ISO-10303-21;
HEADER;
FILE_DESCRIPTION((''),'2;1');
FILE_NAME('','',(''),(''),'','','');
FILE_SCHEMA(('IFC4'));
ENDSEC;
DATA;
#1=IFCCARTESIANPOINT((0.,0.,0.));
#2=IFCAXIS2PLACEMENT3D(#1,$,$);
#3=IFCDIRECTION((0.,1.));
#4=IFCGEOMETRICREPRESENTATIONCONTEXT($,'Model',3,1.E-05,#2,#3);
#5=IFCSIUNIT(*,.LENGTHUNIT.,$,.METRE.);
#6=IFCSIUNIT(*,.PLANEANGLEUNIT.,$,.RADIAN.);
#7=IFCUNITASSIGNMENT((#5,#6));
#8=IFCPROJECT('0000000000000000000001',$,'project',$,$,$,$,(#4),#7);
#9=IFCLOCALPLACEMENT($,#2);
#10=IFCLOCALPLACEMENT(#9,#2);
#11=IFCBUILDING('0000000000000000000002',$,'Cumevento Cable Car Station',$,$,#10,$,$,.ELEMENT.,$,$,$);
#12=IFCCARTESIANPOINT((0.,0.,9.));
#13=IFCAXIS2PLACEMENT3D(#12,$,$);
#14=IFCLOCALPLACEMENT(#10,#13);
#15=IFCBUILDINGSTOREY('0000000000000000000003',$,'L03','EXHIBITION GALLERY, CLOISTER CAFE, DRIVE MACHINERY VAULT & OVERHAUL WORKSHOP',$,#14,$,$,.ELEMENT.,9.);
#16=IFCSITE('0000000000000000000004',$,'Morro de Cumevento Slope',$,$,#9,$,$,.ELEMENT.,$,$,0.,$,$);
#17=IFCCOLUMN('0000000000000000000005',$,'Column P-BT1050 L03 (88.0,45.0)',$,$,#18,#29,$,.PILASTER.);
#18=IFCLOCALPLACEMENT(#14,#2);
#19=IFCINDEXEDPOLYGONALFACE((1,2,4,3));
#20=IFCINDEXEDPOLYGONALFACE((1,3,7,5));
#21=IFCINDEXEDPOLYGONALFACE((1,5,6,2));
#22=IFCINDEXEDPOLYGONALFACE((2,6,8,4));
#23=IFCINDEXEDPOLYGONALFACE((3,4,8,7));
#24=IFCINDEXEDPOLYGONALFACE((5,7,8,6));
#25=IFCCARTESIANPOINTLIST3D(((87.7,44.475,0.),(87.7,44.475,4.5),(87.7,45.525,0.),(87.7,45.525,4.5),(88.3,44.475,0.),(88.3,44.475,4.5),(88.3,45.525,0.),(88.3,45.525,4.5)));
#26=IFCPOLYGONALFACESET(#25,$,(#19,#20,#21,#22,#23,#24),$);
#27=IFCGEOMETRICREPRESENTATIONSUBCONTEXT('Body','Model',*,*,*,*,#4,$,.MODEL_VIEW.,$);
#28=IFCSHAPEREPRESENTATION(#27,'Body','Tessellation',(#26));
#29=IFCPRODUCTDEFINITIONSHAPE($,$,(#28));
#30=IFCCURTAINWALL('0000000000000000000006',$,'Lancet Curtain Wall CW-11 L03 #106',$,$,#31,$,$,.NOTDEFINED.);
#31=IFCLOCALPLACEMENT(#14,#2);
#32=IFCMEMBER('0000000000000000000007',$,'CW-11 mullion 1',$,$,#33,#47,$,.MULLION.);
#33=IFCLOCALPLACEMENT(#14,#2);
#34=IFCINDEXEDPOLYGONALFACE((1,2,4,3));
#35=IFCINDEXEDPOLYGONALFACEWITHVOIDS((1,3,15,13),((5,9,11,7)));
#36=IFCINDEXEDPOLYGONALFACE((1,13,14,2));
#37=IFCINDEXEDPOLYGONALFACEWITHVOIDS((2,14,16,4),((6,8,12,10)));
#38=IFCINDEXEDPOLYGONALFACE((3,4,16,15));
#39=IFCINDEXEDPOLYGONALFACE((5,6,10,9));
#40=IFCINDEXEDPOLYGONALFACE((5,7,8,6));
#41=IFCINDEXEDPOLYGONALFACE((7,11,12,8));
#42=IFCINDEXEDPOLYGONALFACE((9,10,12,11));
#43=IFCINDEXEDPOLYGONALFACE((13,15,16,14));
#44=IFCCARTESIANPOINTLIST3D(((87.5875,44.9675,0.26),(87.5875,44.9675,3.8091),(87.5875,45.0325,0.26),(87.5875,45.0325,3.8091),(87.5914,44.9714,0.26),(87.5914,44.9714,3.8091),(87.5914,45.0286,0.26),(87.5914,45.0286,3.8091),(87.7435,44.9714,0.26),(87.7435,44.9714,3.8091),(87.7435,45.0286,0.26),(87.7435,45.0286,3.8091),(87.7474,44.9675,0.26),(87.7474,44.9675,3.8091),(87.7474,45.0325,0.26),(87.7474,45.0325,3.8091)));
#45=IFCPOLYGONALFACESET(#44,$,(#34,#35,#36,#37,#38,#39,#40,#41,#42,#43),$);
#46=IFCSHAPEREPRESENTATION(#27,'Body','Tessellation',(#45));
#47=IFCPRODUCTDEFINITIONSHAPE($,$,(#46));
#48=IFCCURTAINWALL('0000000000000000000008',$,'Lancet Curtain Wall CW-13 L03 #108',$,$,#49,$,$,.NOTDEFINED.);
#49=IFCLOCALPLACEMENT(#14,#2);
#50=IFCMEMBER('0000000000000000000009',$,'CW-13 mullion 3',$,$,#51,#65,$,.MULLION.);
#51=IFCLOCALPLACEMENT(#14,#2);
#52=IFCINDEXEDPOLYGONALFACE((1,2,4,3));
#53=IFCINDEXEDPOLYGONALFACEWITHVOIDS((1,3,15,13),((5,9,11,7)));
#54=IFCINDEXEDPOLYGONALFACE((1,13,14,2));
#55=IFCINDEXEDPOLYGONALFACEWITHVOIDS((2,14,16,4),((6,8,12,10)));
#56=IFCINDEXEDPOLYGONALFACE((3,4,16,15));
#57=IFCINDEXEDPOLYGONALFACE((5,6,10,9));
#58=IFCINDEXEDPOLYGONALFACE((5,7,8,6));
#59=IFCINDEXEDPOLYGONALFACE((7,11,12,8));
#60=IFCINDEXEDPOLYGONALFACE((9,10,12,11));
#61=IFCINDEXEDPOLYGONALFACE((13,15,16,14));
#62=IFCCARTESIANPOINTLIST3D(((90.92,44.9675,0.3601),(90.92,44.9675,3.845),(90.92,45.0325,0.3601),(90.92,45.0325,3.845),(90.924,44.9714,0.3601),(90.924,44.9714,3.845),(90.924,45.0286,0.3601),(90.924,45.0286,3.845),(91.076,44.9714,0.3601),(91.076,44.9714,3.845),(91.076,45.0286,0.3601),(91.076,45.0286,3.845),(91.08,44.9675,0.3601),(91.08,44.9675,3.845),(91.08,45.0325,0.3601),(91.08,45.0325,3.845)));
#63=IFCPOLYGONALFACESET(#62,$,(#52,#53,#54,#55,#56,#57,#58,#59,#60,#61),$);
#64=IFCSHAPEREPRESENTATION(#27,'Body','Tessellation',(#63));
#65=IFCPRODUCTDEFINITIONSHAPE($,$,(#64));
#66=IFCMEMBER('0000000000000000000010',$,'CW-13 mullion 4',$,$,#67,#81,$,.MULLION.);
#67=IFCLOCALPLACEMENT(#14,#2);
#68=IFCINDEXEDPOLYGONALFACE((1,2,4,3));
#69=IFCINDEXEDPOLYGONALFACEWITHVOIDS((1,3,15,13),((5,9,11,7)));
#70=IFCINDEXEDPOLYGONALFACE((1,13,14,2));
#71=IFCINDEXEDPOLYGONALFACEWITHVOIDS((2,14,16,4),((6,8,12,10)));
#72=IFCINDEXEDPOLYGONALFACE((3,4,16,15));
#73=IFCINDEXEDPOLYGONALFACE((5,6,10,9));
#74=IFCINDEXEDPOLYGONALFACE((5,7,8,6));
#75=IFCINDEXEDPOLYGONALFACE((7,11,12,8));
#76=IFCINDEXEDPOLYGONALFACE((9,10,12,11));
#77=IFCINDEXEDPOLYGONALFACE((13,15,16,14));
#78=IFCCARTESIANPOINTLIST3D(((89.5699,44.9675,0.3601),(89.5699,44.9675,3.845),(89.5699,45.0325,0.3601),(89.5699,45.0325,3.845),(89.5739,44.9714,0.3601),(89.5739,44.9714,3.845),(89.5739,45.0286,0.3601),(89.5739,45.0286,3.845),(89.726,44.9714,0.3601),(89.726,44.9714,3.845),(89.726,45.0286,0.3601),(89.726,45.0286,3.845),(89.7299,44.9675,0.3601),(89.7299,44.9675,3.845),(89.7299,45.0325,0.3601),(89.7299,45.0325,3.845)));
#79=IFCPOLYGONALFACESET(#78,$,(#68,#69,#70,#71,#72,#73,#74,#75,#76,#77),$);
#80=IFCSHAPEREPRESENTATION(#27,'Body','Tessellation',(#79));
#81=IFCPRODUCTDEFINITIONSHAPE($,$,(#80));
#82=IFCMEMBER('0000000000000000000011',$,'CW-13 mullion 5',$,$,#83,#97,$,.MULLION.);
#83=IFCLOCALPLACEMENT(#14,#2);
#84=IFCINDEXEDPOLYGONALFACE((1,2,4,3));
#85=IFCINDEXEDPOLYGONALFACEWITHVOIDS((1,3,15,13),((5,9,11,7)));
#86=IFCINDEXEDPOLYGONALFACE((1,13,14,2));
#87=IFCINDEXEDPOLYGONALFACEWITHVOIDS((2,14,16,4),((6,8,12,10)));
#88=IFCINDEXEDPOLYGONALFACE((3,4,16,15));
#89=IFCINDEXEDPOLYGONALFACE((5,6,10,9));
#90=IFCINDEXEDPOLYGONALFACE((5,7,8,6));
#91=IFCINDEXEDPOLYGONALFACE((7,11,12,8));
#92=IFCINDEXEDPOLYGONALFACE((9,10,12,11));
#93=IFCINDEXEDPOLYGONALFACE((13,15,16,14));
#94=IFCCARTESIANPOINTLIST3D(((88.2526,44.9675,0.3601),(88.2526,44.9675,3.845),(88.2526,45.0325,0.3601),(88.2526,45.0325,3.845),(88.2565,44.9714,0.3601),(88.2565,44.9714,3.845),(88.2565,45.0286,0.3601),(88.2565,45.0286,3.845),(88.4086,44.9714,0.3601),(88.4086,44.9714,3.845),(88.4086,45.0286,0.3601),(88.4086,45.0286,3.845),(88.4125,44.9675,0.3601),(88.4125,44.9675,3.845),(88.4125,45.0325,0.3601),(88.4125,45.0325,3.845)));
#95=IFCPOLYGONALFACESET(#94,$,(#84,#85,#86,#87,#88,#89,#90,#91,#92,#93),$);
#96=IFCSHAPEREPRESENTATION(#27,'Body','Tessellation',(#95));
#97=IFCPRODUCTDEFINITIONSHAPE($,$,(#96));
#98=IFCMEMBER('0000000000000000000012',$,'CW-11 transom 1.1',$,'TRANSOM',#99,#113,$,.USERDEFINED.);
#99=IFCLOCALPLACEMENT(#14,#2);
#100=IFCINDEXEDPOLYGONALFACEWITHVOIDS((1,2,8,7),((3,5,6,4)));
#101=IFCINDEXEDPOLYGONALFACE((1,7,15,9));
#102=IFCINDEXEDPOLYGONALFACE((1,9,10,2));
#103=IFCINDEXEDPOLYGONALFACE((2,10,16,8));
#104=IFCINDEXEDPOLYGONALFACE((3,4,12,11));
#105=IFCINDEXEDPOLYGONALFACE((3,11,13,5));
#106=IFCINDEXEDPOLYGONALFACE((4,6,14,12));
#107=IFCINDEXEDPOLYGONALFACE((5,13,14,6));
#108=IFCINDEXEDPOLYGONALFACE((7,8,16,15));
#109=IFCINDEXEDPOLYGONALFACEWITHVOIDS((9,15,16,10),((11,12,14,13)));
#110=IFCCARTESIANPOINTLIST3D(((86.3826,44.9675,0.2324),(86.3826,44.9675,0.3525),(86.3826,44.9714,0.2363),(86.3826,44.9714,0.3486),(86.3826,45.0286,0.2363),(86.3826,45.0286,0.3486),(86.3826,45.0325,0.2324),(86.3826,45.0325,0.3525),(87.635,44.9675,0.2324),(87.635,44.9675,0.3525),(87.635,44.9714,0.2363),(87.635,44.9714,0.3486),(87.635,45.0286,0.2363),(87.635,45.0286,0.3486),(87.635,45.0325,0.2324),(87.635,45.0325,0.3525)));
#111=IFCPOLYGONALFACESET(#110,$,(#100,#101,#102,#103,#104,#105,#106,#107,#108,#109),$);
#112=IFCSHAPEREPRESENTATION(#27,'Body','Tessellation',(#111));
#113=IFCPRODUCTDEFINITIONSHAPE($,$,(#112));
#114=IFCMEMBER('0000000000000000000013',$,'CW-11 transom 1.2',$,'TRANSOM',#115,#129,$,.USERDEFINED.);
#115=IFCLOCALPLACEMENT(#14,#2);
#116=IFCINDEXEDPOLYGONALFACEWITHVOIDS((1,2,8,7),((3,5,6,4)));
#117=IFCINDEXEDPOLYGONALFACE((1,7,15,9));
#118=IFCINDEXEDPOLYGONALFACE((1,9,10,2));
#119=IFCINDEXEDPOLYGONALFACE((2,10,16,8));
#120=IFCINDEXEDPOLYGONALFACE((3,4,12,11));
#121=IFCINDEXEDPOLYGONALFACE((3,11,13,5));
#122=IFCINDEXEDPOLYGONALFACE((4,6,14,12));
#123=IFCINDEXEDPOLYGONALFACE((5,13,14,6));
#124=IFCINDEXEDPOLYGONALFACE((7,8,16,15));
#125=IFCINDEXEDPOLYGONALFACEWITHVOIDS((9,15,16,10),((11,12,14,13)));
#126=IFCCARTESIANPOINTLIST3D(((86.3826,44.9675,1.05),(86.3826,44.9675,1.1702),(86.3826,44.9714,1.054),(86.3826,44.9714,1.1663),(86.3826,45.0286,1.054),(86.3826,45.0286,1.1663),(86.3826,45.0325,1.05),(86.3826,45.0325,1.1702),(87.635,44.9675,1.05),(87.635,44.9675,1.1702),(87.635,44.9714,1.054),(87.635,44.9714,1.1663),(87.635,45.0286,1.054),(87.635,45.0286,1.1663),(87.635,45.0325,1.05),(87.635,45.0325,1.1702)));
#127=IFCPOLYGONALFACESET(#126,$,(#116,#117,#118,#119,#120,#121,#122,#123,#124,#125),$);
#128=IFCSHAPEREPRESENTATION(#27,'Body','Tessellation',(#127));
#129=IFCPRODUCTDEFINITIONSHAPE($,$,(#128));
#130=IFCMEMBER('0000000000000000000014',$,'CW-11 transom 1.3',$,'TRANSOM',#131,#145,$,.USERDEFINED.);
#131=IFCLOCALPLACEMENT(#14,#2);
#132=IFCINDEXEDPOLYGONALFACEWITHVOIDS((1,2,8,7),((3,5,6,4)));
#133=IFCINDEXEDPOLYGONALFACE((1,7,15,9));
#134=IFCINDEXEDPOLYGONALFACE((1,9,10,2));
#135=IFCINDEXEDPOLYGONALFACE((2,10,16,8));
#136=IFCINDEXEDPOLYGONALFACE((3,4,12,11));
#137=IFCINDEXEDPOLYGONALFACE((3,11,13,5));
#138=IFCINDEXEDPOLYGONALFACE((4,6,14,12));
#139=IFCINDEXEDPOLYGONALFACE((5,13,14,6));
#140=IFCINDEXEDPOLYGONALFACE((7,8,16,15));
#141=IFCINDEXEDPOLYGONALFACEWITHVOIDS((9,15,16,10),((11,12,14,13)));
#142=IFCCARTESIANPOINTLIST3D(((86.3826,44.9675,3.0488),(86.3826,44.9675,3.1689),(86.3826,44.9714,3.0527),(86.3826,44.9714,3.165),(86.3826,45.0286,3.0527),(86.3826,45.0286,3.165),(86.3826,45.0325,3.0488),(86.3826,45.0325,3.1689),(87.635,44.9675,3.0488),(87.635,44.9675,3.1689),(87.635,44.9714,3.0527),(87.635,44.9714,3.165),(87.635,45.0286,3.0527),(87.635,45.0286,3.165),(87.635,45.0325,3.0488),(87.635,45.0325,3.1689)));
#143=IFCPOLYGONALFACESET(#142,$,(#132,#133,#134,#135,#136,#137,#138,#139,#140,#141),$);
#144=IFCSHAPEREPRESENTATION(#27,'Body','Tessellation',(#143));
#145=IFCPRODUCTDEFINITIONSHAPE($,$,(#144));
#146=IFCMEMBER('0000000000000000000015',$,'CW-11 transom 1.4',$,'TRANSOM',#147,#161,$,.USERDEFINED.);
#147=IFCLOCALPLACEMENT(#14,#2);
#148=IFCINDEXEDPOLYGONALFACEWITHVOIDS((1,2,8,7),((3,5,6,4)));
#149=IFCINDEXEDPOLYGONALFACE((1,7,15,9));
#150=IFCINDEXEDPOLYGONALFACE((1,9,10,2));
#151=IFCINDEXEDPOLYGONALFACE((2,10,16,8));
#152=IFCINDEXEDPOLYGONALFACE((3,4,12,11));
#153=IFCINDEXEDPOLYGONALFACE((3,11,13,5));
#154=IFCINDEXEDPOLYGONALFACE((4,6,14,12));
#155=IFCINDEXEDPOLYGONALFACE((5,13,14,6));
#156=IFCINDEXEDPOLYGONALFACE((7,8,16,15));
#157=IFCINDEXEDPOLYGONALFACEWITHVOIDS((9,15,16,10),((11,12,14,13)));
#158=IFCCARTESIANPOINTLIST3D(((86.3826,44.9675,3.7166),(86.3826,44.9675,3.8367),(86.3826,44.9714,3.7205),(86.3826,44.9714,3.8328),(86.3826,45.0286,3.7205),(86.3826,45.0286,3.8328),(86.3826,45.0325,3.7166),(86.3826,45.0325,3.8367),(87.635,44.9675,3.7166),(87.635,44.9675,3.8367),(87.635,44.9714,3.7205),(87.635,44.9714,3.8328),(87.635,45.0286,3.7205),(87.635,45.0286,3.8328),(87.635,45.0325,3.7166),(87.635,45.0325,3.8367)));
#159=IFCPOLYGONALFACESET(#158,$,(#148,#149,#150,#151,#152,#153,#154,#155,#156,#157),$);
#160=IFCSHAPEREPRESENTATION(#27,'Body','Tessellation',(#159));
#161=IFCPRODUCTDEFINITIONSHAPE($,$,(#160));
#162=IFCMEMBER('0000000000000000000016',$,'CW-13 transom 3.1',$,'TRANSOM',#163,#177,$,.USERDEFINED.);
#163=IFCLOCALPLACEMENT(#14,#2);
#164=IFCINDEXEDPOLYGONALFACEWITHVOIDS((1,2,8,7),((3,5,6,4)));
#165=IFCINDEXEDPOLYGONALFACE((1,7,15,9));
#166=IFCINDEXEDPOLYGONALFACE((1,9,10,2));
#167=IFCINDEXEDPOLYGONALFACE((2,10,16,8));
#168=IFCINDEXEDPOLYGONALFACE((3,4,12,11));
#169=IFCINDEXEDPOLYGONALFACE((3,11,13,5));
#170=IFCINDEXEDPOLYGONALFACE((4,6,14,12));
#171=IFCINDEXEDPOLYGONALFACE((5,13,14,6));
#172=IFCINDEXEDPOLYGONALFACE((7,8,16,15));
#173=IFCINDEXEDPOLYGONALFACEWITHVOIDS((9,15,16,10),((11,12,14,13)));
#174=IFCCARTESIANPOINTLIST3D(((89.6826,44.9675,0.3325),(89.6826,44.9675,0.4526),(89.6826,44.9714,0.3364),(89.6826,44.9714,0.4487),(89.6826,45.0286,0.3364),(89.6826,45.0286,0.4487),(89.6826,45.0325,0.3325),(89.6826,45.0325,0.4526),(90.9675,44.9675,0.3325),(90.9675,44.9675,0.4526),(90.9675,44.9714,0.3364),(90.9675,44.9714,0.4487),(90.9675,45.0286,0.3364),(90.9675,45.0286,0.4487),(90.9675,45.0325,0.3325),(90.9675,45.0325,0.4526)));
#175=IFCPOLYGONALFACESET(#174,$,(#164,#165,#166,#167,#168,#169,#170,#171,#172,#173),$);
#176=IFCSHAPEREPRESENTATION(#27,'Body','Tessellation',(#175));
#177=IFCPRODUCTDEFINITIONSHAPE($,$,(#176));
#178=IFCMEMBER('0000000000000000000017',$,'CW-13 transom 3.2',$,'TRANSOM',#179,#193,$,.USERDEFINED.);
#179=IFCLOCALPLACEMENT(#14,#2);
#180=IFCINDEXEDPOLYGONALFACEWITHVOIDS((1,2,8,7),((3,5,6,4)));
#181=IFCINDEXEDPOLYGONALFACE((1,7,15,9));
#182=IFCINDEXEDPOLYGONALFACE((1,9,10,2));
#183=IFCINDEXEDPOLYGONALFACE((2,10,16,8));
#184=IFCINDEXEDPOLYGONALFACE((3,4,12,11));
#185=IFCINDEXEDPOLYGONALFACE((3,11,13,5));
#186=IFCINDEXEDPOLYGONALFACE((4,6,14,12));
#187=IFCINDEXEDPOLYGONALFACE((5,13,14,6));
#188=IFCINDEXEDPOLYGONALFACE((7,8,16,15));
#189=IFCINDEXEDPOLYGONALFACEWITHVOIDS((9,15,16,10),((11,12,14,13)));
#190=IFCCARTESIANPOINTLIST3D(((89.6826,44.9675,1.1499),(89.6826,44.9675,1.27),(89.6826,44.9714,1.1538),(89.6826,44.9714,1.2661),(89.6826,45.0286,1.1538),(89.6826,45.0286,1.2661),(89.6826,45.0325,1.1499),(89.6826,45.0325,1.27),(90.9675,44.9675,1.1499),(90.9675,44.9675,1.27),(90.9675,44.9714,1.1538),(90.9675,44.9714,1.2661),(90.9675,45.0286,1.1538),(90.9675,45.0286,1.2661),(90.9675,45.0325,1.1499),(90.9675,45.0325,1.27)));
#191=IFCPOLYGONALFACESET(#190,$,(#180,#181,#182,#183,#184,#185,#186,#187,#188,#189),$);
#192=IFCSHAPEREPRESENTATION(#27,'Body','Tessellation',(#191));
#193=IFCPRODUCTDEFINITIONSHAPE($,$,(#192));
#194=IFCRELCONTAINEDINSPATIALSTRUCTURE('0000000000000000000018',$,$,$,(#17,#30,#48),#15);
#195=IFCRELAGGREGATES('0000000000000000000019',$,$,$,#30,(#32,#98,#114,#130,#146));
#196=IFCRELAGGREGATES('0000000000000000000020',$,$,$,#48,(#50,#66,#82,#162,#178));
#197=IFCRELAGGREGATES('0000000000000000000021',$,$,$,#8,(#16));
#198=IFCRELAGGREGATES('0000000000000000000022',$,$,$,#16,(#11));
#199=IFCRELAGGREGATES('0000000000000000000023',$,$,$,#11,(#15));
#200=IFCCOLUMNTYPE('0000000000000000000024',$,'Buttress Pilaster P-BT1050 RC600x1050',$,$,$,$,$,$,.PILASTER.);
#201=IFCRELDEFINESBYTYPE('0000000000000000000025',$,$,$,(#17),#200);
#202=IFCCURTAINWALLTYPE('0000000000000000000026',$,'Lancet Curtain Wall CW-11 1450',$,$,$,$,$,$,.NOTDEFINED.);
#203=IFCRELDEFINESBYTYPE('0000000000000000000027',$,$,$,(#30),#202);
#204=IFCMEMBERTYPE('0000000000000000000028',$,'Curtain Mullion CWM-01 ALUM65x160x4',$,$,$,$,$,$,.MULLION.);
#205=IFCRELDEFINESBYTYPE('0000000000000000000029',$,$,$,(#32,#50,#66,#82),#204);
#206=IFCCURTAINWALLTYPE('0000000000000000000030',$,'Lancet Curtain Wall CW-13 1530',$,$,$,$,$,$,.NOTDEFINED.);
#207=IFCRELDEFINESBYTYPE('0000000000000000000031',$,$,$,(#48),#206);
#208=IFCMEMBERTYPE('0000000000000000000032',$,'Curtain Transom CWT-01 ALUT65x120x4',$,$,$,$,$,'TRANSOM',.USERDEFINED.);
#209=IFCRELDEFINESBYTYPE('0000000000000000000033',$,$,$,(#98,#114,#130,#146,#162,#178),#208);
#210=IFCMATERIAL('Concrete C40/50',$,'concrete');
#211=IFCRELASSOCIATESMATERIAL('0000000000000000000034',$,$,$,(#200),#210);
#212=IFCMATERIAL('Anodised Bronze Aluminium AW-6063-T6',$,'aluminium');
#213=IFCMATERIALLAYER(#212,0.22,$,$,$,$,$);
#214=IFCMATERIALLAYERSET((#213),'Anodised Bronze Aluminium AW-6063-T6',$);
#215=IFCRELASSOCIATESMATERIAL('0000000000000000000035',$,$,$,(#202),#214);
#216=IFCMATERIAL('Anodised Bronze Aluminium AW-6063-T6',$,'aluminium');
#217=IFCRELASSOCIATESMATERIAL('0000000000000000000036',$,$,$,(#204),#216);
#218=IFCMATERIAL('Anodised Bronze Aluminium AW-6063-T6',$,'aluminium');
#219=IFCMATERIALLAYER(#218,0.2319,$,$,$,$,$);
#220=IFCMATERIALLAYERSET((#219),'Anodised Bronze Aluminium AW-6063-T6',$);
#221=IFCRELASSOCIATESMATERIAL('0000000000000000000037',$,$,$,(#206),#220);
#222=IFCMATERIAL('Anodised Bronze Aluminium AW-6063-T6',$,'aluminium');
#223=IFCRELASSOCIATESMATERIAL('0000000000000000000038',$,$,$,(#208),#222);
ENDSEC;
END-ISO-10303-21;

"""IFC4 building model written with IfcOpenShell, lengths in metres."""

from ifc_helpers import new_model, si_unit, direction, frame, origin, origin_2d, place, context, subcontext, project, spatial, rectangle, hollow_rectangle, extrude, material, layer, layer_set, material_profile, profile_set, type_object, element, aggregate, save


model = new_model("IFC4")

# Units and contexts
model_context = context("Model", 3, precision=1e-05, world=origin(), true_north=direction((0.0, 1.0)))
body_context = subcontext(model_context, "Body", "Model", "MODEL_VIEW")
ifc_project = project(units=[si_unit("LENGTHUNIT", "METRE"), si_unit("PLANEANGLEUNIT", "RADIAN")], contexts=[model_context])

# Site, building, storey
site_placement = place(None, origin())
site = spatial("IfcSite", under=ifc_project, at=site_placement, Name="Morro de Cumevento Slope", CompositionType="ELEMENT", RefElevation=0.0)
building_placement = place(site_placement, origin())
building = spatial("IfcBuilding", under=site, at=building_placement, Name="Cumevento Cable Car Station", CompositionType="ELEMENT")
storey_placement = place(building_placement, frame((0.0, 0.0, 9.0)))
storey = spatial("IfcBuildingStorey", under=building, at=storey_placement, Name="L03", Description="EXHIBITION GALLERY, CLOISTER CAFE, DRIVE MACHINERY VAULT & OVERHAUL WORKSHOP", CompositionType="ELEMENT", Elevation=9.0)

# Column
ifc_material_1 = material(Name="Concrete C40/50", Category="concrete")
ifc_material_profile_1 = material_profile(ifc_material_1, rectangle(XDim=0.6001, YDim=1.05, at=origin_2d()), Name="RC600x1050")
ifc_profile_set_1 = profile_set([ifc_material_profile_1], Name="Concrete C40/50")
column_type = type_object("IfcColumnType", Name="Buttress Pilaster P-BT1050 RC600x1050", PredefinedType="PILASTER", material=ifc_profile_set_1)
column_placement = place(storey_placement, frame((88.0, 45.0, 0.0), z_axis=(0.0, 0.0, 1.0), x_axis=(1.0, 0.0, 0.0)))
element("IfcColumn", 1, at=column_placement, inside=storey, type_object=column_type, Name="Column P-BT1050 L03 (88.0,45.0)", PredefinedType="PILASTER", context=body_context, shape_type="SweptSolid", body=[
    extrude(rectangle(XDim=0.6001, YDim=1.05, at=origin_2d()), origin(), (0.0, 0.0, 1.0), 4.5),
])

# Curtain wall, member
ifc_material_2 = material(Name="Anodised Bronze Aluminium AW-6063-T6", Category="aluminium")
ifc_layer_1 = layer(ifc_material_2, 0.22)
ifc_layer_set_1 = layer_set([ifc_layer_1], Name="Anodised Bronze Aluminium AW-6063-T6")
curtain_wall_type_1 = type_object("IfcCurtainWallType", Name="Lancet Curtain Wall CW-11 1450", PredefinedType="NOTDEFINED", material=ifc_layer_set_1)
curtain_wall_1_placement = place(storey_placement, origin())
curtain_wall_1 = element("IfcCurtainWall", 2, at=curtain_wall_1_placement, inside=storey, type_object=curtain_wall_type_1, Name="Lancet Curtain Wall CW-11 L03 #106", PredefinedType="NOTDEFINED")
ifc_material_3 = material(Name="Anodised Bronze Aluminium AW-6063-T6", Category="aluminium")
ifc_material_profile_2 = material_profile(ifc_material_3, hollow_rectangle(XDim=0.0649, YDim=0.1599, WallThickness=0.0039, at=origin_2d()), Name="ALUM65x160x4")
ifc_profile_set_2 = profile_set([ifc_material_profile_2], Name="Anodised Bronze Aluminium AW-6063-T6")
member_type_1 = type_object("IfcMemberType", Name="Curtain Mullion CWM-01 ALUM65x160x4", PredefinedType="MULLION", material=ifc_profile_set_2)
member_1_placement = place(storey_placement, frame((87.6675, 45.0, 0.26), z_axis=(0.0, 0.0, 1.0), x_axis=(0.0, -1.0, 0.0)))
member_1 = element("IfcMember", 3, at=member_1_placement, type_object=member_type_1, Name="CW-11 mullion 1", PredefinedType="MULLION", context=body_context, shape_type="SweptSolid", body=[
    extrude(hollow_rectangle(XDim=0.0649, YDim=0.1599, WallThickness=0.0039, at=origin_2d()), origin(), (0.0, 0.0, 1.0), 3.5491),
])

# Curtain wall, members
ifc_material_4 = material(Name="Anodised Bronze Aluminium AW-6063-T6", Category="aluminium")
ifc_layer_2 = layer(ifc_material_4, 0.2319)
ifc_layer_set_2 = layer_set([ifc_layer_2], Name="Anodised Bronze Aluminium AW-6063-T6")
curtain_wall_type_2 = type_object("IfcCurtainWallType", Name="Lancet Curtain Wall CW-13 1530", PredefinedType="NOTDEFINED", material=ifc_layer_set_2)
curtain_wall_2_placement = place(storey_placement, origin())
curtain_wall_2 = element("IfcCurtainWall", 4, at=curtain_wall_2_placement, inside=storey, type_object=curtain_wall_type_2, Name="Lancet Curtain Wall CW-13 L03 #108", PredefinedType="NOTDEFINED")
member_2_placement = place(storey_placement, frame((91.0, 45.0, 0.3601), z_axis=(0.0, 0.0, 1.0), x_axis=(0.0, -1.0, 0.0)))
member_2 = element("IfcMember", 5, at=member_2_placement, type_object=member_type_1, Name="CW-13 mullion 3", PredefinedType="MULLION", context=body_context, shape_type="SweptSolid", body=[
    extrude(hollow_rectangle(XDim=0.0649, YDim=0.1599, WallThickness=0.0039, at=origin_2d()), origin(), (0.0, 0.0, 1.0), 3.4849),
])
member_3_placement = place(storey_placement, frame((89.6499, 45.0, 0.3601), z_axis=(0.0, 0.0, 1.0), x_axis=(0.0, -1.0, 0.0)))
member_3 = element("IfcMember", 6, at=member_3_placement, type_object=member_type_1, Name="CW-13 mullion 4", PredefinedType="MULLION", context=body_context, shape_type="SweptSolid", body=[
    extrude(hollow_rectangle(XDim=0.0649, YDim=0.1599, WallThickness=0.0039, at=origin_2d()), origin(), (0.0, 0.0, 1.0), 3.4849),
])
member_4_placement = place(storey_placement, frame((88.3325, 45.0, 0.3601), z_axis=(0.0, 0.0, 1.0), x_axis=(0.0, -1.0, 0.0)))
member_4 = element("IfcMember", 7, at=member_4_placement, type_object=member_type_1, Name="CW-13 mullion 5", PredefinedType="MULLION", context=body_context, shape_type="SweptSolid", body=[
    extrude(hollow_rectangle(XDim=0.0649, YDim=0.1599, WallThickness=0.0039, at=origin_2d()), origin(), (0.0, 0.0, 1.0), 3.4849),
])

# Members
ifc_material_5 = material(Name="Anodised Bronze Aluminium AW-6063-T6", Category="aluminium")
ifc_material_profile_3 = material_profile(ifc_material_5, hollow_rectangle(XDim=0.0649, YDim=0.1201, WallThickness=0.0039, at=origin_2d()), Name="ALUT65x120x4")
ifc_profile_set_3 = profile_set([ifc_material_profile_3], Name="Anodised Bronze Aluminium AW-6063-T6")
member_type_2 = type_object("IfcMemberType", Name="Curtain Transom CWT-01 ALUT65x120x4", ElementType="TRANSOM", PredefinedType="USERDEFINED", material=ifc_profile_set_3)
member_5_placement = place(storey_placement, frame((87.635, 45.0, 0.2925), z_axis=(-1.0, 0.0, 0.0), x_axis=(0.0, -1.0, 0.0)))
member_5 = element("IfcMember", 8, at=member_5_placement, type_object=member_type_2, Name="CW-11 transom 1.1", ObjectType="TRANSOM", PredefinedType="USERDEFINED", context=body_context, shape_type="SweptSolid", body=[
    extrude(hollow_rectangle(XDim=0.0649, YDim=0.1201, WallThickness=0.0039, at=origin_2d()), origin(), (0.0, 0.0, 1.0), 1.2524),
])
member_6_placement = place(storey_placement, frame((87.635, 45.0, 1.1101), z_axis=(-1.0, 0.0, 0.0), x_axis=(0.0, -1.0, 0.0)))
member_6 = element("IfcMember", 9, at=member_6_placement, type_object=member_type_2, Name="CW-11 transom 1.2", ObjectType="TRANSOM", PredefinedType="USERDEFINED", context=body_context, shape_type="SweptSolid", body=[
    extrude(hollow_rectangle(XDim=0.0649, YDim=0.1201, WallThickness=0.0039, at=origin_2d()), origin(), (0.0, 0.0, 1.0), 1.2524),
])
member_7_placement = place(storey_placement, frame((87.635, 45.0, 3.1089), z_axis=(-1.0, 0.0, 0.0), x_axis=(0.0, -1.0, 0.0)))
member_7 = element("IfcMember", 10, at=member_7_placement, type_object=member_type_2, Name="CW-11 transom 1.3", ObjectType="TRANSOM", PredefinedType="USERDEFINED", context=body_context, shape_type="SweptSolid", body=[
    extrude(hollow_rectangle(XDim=0.0649, YDim=0.1201, WallThickness=0.0039, at=origin_2d()), origin(), (0.0, 0.0, 1.0), 1.2524),
])
member_8_placement = place(storey_placement, frame((87.635, 45.0, 3.7766), z_axis=(-1.0, 0.0, 0.0), x_axis=(0.0, -1.0, 0.0)))
member_8 = element("IfcMember", 11, at=member_8_placement, type_object=member_type_2, Name="CW-11 transom 1.4", ObjectType="TRANSOM", PredefinedType="USERDEFINED", context=body_context, shape_type="SweptSolid", body=[
    extrude(hollow_rectangle(XDim=0.0649, YDim=0.1201, WallThickness=0.0039, at=origin_2d()), origin(), (0.0, 0.0, 1.0), 1.2524),
])
aggregate(curtain_wall_1, [member_1, member_5, member_6, member_7, member_8])
member_9_placement = place(storey_placement, frame((90.9675, 45.0, 0.3926), z_axis=(-1.0, 0.0, 0.0), x_axis=(0.0, -1.0, 0.0)))
member_9 = element("IfcMember", 12, at=member_9_placement, type_object=member_type_2, Name="CW-13 transom 3.1", ObjectType="TRANSOM", PredefinedType="USERDEFINED", context=body_context, shape_type="SweptSolid", body=[
    extrude(hollow_rectangle(XDim=0.0649, YDim=0.1201, WallThickness=0.0039, at=origin_2d()), origin(), (0.0, 0.0, 1.0), 1.2849),
])
member_10_placement = place(storey_placement, frame((90.9675, 45.0, 1.21), z_axis=(-1.0, 0.0, 0.0), x_axis=(0.0, -1.0, 0.0)))
member_10 = element("IfcMember", 13, at=member_10_placement, type_object=member_type_2, Name="CW-13 transom 3.2", ObjectType="TRANSOM", PredefinedType="USERDEFINED", context=body_context, shape_type="SweptSolid", body=[
    extrude(hollow_rectangle(XDim=0.0649, YDim=0.1201, WallThickness=0.0039, at=origin_2d()), origin(), (0.0, 0.0, 1.0), 1.2849),
])

aggregate(curtain_wall_2, [member_2, member_3, member_4, member_9, member_10])

save(model, "model.ifc")
